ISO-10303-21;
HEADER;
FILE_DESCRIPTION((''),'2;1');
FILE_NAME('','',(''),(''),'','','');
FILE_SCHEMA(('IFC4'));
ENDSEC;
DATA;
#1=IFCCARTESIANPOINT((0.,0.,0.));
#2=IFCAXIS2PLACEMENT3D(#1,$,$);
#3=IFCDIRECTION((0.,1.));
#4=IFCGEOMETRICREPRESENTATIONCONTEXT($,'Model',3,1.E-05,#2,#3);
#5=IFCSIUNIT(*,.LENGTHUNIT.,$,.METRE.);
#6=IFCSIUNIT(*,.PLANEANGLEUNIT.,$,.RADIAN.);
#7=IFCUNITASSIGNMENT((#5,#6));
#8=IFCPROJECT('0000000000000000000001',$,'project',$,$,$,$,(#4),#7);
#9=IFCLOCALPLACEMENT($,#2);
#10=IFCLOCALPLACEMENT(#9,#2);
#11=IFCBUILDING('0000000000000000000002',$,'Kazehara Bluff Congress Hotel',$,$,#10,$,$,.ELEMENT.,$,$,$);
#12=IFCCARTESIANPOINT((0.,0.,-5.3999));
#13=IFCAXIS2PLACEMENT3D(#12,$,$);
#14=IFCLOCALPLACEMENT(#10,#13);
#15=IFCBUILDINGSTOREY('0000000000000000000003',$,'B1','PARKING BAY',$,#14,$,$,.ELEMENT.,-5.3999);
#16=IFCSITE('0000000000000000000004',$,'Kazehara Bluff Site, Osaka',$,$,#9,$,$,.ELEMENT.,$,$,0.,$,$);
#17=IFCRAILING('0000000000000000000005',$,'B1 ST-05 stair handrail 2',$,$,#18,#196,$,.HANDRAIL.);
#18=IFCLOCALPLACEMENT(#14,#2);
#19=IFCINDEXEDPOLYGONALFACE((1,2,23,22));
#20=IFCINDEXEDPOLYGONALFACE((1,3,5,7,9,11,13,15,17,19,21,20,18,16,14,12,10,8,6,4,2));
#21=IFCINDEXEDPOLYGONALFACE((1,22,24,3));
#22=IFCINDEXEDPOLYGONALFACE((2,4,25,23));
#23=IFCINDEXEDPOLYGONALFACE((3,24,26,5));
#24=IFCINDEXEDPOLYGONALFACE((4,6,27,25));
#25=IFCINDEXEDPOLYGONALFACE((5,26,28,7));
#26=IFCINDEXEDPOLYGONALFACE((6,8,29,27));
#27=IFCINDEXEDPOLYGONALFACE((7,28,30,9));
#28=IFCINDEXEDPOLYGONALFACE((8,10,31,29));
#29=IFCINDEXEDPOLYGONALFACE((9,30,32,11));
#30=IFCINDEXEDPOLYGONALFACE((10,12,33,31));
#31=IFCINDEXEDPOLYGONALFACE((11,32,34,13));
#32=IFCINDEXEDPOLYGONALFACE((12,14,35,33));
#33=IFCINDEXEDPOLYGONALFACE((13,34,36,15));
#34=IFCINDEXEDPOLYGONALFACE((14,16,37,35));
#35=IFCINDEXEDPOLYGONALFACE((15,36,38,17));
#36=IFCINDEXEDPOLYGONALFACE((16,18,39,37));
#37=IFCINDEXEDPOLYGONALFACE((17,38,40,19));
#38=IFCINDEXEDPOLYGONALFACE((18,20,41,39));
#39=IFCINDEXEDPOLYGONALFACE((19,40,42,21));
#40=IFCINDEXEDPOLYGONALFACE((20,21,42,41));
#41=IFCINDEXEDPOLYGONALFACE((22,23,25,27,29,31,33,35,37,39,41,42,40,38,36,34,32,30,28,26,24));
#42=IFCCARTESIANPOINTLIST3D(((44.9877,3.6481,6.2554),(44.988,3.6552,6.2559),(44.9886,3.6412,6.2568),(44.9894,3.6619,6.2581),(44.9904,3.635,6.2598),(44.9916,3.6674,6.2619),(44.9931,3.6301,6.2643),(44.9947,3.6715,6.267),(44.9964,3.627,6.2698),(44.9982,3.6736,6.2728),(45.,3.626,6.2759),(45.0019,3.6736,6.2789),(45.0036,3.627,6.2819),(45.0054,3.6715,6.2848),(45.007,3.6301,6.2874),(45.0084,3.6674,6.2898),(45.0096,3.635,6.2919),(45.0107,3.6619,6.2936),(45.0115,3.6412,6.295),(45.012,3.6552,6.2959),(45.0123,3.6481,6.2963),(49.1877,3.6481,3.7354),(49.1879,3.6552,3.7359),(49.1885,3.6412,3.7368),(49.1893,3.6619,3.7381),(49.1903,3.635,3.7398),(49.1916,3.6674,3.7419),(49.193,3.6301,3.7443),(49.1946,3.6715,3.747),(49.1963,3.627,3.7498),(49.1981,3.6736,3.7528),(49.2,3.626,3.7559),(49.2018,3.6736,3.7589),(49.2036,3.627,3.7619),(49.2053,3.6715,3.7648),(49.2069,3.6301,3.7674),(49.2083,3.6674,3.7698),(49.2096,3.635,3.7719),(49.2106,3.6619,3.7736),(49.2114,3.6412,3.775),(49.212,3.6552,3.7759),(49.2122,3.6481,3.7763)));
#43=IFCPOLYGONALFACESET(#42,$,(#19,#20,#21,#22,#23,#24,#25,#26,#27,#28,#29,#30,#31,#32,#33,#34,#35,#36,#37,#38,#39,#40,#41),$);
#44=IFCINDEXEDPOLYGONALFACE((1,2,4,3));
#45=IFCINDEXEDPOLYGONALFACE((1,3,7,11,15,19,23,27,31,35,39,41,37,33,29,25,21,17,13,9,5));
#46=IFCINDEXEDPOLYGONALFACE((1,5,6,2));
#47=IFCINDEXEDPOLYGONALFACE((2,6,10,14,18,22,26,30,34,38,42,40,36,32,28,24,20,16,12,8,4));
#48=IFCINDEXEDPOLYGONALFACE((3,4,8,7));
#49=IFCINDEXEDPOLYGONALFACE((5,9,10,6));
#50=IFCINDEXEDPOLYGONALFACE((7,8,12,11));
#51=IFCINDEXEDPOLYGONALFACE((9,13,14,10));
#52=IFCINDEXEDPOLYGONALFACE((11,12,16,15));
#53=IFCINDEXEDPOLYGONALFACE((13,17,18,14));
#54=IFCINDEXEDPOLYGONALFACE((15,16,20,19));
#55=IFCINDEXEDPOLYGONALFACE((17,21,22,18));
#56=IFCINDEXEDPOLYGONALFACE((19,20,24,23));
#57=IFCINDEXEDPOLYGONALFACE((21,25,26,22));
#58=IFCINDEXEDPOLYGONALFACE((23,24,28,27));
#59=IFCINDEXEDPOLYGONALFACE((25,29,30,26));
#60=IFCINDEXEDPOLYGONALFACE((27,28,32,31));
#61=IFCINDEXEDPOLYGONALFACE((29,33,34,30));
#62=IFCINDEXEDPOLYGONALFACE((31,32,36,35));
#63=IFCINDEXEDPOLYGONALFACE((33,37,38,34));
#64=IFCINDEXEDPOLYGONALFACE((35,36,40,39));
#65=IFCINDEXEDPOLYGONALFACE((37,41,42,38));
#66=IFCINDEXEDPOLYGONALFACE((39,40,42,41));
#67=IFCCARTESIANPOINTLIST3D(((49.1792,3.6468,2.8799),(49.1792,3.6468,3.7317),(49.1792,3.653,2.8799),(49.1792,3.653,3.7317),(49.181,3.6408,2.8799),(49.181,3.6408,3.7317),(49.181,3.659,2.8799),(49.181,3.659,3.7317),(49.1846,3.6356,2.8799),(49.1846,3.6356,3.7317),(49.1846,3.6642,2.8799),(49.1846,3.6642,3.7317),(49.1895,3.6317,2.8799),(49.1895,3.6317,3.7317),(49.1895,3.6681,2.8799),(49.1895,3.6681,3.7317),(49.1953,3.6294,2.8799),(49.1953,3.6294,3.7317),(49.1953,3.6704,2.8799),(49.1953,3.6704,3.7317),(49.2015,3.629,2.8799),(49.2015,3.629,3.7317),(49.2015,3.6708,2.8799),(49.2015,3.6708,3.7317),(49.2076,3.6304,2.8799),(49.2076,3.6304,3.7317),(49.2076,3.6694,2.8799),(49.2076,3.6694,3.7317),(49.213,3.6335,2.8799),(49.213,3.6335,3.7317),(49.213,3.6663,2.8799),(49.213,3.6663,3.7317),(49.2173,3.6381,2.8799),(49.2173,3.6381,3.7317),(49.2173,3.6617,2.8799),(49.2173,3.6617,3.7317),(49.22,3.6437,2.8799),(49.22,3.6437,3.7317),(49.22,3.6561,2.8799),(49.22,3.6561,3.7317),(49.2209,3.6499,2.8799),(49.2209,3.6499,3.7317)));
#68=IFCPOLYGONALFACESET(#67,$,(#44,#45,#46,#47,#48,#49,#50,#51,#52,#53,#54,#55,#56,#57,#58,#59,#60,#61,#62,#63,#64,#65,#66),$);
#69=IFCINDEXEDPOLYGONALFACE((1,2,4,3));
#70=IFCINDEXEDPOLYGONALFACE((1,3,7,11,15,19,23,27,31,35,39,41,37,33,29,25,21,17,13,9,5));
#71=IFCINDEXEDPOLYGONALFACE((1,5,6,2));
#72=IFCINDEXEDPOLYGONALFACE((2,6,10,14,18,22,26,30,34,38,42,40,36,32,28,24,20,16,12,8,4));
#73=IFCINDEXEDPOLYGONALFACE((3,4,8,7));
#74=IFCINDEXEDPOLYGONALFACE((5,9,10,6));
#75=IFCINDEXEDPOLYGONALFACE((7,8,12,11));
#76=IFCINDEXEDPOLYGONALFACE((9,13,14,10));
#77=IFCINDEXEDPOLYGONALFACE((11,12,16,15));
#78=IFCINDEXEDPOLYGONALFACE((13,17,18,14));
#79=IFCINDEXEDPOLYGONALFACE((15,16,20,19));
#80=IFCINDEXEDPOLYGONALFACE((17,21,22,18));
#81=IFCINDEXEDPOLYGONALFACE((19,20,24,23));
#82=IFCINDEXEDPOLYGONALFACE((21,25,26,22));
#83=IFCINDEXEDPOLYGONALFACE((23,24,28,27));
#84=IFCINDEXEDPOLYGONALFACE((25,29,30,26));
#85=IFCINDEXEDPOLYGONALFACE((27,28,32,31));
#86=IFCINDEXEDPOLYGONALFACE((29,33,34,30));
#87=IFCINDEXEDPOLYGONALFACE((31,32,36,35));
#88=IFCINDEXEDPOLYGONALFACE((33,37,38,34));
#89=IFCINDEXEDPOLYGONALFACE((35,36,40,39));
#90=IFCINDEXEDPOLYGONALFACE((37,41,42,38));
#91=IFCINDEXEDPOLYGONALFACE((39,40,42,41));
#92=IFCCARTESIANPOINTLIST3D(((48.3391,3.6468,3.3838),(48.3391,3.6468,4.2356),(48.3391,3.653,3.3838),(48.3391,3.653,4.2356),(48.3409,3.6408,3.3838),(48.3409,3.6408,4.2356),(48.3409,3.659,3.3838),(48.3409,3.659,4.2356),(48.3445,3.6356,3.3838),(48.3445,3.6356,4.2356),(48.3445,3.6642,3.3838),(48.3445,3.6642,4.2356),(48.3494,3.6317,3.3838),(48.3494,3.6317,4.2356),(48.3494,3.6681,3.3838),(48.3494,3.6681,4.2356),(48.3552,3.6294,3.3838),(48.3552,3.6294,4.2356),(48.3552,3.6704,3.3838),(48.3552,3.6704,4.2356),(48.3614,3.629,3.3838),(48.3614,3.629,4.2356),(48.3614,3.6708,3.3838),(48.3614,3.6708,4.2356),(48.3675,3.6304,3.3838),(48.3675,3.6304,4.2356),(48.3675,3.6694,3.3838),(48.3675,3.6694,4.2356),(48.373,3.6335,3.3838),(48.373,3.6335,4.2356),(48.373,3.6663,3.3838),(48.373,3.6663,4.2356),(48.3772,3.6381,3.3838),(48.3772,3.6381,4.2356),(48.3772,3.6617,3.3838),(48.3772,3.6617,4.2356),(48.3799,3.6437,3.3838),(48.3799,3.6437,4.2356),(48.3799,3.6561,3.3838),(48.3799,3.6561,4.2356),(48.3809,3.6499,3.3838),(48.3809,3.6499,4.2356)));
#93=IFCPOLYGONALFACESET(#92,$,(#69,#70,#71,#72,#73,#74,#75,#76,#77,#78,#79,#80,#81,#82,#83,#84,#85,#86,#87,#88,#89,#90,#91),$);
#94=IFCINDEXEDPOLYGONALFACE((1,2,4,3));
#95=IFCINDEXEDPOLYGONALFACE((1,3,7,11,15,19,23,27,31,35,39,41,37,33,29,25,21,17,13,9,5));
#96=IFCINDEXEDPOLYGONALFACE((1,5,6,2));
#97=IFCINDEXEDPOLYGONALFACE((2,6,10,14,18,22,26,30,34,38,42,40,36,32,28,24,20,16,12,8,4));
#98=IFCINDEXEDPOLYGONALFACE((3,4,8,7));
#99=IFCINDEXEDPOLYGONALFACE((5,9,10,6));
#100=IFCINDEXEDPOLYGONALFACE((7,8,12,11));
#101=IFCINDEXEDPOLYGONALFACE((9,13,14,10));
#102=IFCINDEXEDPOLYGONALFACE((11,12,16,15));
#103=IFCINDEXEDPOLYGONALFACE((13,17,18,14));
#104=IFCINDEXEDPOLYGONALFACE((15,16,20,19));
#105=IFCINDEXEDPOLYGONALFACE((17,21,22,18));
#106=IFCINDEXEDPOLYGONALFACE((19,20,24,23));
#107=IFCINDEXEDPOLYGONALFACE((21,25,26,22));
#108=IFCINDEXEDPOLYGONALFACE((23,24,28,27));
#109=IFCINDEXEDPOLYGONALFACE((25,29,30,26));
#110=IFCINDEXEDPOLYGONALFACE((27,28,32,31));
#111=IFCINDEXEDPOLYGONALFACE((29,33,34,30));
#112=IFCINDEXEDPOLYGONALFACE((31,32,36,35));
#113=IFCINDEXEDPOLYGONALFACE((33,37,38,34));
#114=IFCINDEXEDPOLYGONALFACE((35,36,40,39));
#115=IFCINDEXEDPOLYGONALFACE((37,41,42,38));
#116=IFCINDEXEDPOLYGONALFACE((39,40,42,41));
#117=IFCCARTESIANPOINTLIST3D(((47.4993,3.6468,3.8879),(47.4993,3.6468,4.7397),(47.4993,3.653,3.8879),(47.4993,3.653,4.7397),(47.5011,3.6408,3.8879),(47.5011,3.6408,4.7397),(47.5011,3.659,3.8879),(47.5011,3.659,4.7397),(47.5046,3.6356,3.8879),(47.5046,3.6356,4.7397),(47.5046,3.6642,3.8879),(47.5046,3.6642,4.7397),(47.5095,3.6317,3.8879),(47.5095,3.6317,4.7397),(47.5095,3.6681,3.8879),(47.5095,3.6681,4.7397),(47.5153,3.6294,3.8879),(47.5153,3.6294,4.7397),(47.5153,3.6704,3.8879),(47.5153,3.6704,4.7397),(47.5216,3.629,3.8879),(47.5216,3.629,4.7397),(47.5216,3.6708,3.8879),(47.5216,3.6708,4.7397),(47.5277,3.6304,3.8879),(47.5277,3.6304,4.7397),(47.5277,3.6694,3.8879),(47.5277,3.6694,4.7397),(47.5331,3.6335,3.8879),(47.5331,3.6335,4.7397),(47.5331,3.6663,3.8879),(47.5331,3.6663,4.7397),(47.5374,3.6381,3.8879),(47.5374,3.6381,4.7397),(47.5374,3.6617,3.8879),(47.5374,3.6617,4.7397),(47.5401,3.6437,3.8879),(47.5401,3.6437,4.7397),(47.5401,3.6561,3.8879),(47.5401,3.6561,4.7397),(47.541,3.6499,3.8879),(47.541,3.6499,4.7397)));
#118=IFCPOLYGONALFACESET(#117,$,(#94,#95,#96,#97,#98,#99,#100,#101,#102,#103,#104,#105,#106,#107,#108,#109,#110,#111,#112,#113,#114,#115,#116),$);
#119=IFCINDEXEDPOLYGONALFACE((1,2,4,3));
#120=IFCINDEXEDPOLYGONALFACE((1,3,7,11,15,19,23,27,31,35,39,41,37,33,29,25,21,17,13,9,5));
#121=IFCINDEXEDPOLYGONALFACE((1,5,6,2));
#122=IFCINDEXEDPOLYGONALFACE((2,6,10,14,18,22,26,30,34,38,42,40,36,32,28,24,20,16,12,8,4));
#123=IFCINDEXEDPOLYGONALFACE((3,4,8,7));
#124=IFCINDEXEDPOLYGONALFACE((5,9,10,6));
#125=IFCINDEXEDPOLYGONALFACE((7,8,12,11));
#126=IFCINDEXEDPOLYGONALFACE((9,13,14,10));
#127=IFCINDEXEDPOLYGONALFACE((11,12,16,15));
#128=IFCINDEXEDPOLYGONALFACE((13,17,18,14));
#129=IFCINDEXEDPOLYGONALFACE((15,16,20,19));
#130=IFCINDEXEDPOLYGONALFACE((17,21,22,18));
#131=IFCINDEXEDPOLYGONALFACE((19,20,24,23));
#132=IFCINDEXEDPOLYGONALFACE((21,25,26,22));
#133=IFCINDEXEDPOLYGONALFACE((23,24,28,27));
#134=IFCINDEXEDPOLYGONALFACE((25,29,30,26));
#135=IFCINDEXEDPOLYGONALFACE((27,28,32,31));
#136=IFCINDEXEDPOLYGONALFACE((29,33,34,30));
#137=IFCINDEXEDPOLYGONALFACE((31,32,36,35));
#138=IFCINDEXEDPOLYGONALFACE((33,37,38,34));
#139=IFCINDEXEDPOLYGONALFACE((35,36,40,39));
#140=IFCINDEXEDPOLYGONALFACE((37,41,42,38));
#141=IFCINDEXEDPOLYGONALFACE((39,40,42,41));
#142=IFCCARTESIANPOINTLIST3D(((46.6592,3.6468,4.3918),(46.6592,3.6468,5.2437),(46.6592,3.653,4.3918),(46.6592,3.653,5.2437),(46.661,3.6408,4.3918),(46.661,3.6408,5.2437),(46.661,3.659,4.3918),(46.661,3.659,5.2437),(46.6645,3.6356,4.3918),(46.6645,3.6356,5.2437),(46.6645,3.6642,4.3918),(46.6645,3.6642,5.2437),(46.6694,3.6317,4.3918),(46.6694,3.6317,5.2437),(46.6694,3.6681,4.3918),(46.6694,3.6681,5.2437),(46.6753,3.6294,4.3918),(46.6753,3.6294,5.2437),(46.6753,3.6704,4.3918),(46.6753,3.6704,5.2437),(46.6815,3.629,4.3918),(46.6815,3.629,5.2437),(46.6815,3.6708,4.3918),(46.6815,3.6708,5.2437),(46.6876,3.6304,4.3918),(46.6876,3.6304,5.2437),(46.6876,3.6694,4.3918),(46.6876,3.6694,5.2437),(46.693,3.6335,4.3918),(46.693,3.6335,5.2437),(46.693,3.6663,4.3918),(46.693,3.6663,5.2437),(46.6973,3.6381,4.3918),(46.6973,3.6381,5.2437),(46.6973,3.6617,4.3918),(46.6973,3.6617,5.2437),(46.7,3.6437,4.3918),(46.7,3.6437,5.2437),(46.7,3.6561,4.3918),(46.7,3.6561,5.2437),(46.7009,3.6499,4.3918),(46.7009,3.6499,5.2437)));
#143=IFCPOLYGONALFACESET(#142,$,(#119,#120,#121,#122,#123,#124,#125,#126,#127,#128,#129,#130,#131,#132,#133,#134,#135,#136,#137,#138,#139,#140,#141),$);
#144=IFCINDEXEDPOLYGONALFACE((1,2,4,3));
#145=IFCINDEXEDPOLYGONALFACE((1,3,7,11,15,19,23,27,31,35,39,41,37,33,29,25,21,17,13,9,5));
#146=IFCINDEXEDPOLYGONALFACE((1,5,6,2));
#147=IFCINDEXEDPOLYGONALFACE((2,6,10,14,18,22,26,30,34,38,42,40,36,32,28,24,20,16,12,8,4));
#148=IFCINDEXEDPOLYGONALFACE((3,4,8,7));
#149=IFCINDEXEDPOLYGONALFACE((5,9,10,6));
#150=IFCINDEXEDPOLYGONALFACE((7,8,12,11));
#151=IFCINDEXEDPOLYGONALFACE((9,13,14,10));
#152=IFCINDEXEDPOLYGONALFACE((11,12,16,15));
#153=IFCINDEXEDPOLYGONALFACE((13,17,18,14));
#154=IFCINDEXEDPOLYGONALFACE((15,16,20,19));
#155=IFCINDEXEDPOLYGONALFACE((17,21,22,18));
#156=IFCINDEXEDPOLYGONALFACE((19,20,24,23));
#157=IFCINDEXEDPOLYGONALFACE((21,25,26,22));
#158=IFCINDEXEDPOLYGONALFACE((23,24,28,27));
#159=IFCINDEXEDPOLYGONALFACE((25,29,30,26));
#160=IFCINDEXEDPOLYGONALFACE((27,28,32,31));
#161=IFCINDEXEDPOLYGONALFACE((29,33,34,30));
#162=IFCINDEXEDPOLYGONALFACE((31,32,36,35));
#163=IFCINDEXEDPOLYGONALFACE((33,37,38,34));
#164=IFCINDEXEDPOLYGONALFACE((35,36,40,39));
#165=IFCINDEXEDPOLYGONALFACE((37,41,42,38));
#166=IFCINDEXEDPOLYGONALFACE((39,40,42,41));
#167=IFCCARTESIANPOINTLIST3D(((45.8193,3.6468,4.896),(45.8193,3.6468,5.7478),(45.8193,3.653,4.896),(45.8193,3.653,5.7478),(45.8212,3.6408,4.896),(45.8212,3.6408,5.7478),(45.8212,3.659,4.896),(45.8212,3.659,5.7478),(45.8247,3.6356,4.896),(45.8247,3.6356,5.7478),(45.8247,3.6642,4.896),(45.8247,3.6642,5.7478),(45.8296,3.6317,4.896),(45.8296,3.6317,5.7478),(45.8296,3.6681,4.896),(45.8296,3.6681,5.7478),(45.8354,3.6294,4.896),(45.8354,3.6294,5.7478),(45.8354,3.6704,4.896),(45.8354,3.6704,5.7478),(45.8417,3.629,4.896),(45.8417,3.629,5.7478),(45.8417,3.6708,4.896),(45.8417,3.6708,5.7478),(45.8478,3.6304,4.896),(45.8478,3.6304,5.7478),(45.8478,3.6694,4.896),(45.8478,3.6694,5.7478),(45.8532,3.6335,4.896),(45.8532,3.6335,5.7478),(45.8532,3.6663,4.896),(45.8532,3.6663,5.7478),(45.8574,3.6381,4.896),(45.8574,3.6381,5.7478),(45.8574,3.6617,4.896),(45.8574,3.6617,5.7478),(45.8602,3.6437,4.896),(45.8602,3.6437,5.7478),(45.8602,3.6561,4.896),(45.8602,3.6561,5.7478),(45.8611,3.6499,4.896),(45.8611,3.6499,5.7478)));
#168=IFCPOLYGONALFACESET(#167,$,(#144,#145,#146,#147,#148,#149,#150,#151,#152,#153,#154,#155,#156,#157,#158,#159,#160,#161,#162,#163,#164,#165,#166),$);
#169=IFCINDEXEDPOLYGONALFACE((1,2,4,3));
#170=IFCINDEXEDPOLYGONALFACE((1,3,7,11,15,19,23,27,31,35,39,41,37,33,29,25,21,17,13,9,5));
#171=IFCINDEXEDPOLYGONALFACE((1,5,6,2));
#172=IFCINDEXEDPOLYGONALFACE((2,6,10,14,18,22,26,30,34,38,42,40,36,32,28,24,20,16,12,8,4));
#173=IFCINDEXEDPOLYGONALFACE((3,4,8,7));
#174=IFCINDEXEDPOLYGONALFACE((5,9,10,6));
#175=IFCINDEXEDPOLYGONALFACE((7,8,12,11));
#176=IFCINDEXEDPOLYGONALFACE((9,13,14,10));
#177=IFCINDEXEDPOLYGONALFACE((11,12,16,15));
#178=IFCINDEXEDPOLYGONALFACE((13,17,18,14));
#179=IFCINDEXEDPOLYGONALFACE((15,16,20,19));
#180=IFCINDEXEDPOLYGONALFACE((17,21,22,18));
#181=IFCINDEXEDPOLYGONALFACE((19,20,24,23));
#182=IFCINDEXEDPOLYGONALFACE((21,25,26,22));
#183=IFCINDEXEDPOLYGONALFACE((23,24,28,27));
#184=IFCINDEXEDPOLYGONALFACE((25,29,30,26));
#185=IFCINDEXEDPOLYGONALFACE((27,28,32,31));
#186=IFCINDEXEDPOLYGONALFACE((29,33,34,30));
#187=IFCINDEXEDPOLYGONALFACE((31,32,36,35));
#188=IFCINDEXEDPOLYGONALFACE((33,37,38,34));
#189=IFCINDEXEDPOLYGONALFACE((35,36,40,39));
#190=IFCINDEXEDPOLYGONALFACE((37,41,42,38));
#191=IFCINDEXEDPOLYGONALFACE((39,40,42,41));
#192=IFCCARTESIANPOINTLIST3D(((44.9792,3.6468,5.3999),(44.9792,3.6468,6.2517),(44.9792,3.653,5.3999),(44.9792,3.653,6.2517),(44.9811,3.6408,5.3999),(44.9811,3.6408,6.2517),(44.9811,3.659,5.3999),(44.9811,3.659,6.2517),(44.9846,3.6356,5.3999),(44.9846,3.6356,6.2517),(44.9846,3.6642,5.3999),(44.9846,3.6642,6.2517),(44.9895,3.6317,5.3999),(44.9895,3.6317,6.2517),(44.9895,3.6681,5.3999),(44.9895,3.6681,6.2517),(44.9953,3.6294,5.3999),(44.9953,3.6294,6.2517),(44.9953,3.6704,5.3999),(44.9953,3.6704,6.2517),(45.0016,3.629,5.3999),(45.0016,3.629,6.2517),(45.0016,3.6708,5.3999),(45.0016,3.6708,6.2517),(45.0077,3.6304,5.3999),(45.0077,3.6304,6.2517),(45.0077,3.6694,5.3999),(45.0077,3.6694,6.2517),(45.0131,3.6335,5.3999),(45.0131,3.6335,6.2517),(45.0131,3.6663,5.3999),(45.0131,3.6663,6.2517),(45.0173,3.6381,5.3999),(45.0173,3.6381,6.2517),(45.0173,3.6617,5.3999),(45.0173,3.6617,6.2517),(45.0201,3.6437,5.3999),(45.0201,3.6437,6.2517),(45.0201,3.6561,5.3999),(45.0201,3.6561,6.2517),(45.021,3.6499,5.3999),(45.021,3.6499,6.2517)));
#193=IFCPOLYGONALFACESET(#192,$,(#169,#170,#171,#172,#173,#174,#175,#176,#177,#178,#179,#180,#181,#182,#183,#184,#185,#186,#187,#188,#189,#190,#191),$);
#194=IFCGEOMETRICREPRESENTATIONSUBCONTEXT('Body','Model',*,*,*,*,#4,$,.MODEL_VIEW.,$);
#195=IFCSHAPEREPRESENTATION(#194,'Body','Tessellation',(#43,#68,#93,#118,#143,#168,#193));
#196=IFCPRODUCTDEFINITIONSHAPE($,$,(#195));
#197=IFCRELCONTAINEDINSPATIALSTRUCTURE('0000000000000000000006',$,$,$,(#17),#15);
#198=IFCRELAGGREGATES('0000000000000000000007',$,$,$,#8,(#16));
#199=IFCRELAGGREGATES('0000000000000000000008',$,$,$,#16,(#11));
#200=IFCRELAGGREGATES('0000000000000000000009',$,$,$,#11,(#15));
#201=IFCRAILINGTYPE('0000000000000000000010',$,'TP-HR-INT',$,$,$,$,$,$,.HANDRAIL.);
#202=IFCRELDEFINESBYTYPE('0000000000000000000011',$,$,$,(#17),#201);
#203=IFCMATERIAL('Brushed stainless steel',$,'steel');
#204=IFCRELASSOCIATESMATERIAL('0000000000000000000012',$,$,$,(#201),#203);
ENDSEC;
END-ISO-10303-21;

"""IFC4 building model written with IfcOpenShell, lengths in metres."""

from ifc_helpers import new_model, si_unit, direction, frame, origin, origin_2d, place, context, subcontext, project, spatial, circle, extrude, material, type_object, element, save


model = new_model("IFC4")

# Units and contexts
model_context = context("Model", 3, precision=1e-05, world=origin(), true_north=direction((0.0, 1.0)))
body_context = subcontext(model_context, "Body", "Model", "MODEL_VIEW")
ifc_project = project(units=[si_unit("LENGTHUNIT", "METRE"), si_unit("PLANEANGLEUNIT", "RADIAN")], contexts=[model_context])

# Site, building, storey
site_placement = place(None, origin())
site = spatial("IfcSite", under=ifc_project, at=site_placement, Name="Kazehara Bluff Site, Osaka", CompositionType="ELEMENT", RefElevation=0.0)
building_placement = place(site_placement, origin())
building = spatial("IfcBuilding", under=site, at=building_placement, Name="Kazehara Bluff Congress Hotel", CompositionType="ELEMENT")
storey_placement = place(building_placement, frame((0.0, 0.0, -5.3999)))
storey = spatial("IfcBuildingStorey", under=building, at=storey_placement, Name="B1", Description="PARKING BAY", CompositionType="ELEMENT", Elevation=-5.3999)

# Railing
ifc_material_1 = material(Name="Brushed stainless steel", Category="steel")
railing_type_1 = type_object("IfcRailingType", Name="TP-HR-INT", PredefinedType="HANDRAIL", material=ifc_material_1)
railing_1_placement = place(storey_placement, frame((49.2, 3.6499, 2.8799)))
element("IfcRailing", 1, at=railing_1_placement, inside=storey, type_object=railing_type_1, Name="B1 ST-05 stair handrail 2", PredefinedType="HANDRAIL", context=body_context, shape_type="SweptSolid", body=[
    extrude(circle(Radius=0.0239, at=origin_2d()), frame((0.0, 0.0, 0.876), z_axis=(-0.857489, 0.0, 0.514503), x_axis=(0.0, -1.0, 0.0)), (0.0, 0.0, 1.0), 4.8979),
    extrude(circle(Radius=0.021, at=origin_2d()), origin(), (0.0, 0.0, 1.0), 0.8518),
    extrude(circle(Radius=0.021, at=origin_2d()), frame((-0.8401, 0.0, 0.5039)), (0.0, 0.0, 1.0), 0.8518),
    extrude(circle(Radius=0.021, at=origin_2d()), frame((-1.6799, 0.0, 1.0081)), (0.0, 0.0, 1.0), 0.8518),
    extrude(circle(Radius=0.021, at=origin_2d()), frame((-2.52, 0.0, 1.512)), (0.0, 0.0, 1.0), 0.8518),
    extrude(circle(Radius=0.021, at=origin_2d()), frame((-3.3599, 0.0, 2.0161)), (0.0, 0.0, 1.0), 0.8518),
    extrude(circle(Radius=0.021, at=origin_2d()), frame((-4.2, 0.0, 2.52)), (0.0, 0.0, 1.0), 0.8518),
])

save(model, "model.ifc")
